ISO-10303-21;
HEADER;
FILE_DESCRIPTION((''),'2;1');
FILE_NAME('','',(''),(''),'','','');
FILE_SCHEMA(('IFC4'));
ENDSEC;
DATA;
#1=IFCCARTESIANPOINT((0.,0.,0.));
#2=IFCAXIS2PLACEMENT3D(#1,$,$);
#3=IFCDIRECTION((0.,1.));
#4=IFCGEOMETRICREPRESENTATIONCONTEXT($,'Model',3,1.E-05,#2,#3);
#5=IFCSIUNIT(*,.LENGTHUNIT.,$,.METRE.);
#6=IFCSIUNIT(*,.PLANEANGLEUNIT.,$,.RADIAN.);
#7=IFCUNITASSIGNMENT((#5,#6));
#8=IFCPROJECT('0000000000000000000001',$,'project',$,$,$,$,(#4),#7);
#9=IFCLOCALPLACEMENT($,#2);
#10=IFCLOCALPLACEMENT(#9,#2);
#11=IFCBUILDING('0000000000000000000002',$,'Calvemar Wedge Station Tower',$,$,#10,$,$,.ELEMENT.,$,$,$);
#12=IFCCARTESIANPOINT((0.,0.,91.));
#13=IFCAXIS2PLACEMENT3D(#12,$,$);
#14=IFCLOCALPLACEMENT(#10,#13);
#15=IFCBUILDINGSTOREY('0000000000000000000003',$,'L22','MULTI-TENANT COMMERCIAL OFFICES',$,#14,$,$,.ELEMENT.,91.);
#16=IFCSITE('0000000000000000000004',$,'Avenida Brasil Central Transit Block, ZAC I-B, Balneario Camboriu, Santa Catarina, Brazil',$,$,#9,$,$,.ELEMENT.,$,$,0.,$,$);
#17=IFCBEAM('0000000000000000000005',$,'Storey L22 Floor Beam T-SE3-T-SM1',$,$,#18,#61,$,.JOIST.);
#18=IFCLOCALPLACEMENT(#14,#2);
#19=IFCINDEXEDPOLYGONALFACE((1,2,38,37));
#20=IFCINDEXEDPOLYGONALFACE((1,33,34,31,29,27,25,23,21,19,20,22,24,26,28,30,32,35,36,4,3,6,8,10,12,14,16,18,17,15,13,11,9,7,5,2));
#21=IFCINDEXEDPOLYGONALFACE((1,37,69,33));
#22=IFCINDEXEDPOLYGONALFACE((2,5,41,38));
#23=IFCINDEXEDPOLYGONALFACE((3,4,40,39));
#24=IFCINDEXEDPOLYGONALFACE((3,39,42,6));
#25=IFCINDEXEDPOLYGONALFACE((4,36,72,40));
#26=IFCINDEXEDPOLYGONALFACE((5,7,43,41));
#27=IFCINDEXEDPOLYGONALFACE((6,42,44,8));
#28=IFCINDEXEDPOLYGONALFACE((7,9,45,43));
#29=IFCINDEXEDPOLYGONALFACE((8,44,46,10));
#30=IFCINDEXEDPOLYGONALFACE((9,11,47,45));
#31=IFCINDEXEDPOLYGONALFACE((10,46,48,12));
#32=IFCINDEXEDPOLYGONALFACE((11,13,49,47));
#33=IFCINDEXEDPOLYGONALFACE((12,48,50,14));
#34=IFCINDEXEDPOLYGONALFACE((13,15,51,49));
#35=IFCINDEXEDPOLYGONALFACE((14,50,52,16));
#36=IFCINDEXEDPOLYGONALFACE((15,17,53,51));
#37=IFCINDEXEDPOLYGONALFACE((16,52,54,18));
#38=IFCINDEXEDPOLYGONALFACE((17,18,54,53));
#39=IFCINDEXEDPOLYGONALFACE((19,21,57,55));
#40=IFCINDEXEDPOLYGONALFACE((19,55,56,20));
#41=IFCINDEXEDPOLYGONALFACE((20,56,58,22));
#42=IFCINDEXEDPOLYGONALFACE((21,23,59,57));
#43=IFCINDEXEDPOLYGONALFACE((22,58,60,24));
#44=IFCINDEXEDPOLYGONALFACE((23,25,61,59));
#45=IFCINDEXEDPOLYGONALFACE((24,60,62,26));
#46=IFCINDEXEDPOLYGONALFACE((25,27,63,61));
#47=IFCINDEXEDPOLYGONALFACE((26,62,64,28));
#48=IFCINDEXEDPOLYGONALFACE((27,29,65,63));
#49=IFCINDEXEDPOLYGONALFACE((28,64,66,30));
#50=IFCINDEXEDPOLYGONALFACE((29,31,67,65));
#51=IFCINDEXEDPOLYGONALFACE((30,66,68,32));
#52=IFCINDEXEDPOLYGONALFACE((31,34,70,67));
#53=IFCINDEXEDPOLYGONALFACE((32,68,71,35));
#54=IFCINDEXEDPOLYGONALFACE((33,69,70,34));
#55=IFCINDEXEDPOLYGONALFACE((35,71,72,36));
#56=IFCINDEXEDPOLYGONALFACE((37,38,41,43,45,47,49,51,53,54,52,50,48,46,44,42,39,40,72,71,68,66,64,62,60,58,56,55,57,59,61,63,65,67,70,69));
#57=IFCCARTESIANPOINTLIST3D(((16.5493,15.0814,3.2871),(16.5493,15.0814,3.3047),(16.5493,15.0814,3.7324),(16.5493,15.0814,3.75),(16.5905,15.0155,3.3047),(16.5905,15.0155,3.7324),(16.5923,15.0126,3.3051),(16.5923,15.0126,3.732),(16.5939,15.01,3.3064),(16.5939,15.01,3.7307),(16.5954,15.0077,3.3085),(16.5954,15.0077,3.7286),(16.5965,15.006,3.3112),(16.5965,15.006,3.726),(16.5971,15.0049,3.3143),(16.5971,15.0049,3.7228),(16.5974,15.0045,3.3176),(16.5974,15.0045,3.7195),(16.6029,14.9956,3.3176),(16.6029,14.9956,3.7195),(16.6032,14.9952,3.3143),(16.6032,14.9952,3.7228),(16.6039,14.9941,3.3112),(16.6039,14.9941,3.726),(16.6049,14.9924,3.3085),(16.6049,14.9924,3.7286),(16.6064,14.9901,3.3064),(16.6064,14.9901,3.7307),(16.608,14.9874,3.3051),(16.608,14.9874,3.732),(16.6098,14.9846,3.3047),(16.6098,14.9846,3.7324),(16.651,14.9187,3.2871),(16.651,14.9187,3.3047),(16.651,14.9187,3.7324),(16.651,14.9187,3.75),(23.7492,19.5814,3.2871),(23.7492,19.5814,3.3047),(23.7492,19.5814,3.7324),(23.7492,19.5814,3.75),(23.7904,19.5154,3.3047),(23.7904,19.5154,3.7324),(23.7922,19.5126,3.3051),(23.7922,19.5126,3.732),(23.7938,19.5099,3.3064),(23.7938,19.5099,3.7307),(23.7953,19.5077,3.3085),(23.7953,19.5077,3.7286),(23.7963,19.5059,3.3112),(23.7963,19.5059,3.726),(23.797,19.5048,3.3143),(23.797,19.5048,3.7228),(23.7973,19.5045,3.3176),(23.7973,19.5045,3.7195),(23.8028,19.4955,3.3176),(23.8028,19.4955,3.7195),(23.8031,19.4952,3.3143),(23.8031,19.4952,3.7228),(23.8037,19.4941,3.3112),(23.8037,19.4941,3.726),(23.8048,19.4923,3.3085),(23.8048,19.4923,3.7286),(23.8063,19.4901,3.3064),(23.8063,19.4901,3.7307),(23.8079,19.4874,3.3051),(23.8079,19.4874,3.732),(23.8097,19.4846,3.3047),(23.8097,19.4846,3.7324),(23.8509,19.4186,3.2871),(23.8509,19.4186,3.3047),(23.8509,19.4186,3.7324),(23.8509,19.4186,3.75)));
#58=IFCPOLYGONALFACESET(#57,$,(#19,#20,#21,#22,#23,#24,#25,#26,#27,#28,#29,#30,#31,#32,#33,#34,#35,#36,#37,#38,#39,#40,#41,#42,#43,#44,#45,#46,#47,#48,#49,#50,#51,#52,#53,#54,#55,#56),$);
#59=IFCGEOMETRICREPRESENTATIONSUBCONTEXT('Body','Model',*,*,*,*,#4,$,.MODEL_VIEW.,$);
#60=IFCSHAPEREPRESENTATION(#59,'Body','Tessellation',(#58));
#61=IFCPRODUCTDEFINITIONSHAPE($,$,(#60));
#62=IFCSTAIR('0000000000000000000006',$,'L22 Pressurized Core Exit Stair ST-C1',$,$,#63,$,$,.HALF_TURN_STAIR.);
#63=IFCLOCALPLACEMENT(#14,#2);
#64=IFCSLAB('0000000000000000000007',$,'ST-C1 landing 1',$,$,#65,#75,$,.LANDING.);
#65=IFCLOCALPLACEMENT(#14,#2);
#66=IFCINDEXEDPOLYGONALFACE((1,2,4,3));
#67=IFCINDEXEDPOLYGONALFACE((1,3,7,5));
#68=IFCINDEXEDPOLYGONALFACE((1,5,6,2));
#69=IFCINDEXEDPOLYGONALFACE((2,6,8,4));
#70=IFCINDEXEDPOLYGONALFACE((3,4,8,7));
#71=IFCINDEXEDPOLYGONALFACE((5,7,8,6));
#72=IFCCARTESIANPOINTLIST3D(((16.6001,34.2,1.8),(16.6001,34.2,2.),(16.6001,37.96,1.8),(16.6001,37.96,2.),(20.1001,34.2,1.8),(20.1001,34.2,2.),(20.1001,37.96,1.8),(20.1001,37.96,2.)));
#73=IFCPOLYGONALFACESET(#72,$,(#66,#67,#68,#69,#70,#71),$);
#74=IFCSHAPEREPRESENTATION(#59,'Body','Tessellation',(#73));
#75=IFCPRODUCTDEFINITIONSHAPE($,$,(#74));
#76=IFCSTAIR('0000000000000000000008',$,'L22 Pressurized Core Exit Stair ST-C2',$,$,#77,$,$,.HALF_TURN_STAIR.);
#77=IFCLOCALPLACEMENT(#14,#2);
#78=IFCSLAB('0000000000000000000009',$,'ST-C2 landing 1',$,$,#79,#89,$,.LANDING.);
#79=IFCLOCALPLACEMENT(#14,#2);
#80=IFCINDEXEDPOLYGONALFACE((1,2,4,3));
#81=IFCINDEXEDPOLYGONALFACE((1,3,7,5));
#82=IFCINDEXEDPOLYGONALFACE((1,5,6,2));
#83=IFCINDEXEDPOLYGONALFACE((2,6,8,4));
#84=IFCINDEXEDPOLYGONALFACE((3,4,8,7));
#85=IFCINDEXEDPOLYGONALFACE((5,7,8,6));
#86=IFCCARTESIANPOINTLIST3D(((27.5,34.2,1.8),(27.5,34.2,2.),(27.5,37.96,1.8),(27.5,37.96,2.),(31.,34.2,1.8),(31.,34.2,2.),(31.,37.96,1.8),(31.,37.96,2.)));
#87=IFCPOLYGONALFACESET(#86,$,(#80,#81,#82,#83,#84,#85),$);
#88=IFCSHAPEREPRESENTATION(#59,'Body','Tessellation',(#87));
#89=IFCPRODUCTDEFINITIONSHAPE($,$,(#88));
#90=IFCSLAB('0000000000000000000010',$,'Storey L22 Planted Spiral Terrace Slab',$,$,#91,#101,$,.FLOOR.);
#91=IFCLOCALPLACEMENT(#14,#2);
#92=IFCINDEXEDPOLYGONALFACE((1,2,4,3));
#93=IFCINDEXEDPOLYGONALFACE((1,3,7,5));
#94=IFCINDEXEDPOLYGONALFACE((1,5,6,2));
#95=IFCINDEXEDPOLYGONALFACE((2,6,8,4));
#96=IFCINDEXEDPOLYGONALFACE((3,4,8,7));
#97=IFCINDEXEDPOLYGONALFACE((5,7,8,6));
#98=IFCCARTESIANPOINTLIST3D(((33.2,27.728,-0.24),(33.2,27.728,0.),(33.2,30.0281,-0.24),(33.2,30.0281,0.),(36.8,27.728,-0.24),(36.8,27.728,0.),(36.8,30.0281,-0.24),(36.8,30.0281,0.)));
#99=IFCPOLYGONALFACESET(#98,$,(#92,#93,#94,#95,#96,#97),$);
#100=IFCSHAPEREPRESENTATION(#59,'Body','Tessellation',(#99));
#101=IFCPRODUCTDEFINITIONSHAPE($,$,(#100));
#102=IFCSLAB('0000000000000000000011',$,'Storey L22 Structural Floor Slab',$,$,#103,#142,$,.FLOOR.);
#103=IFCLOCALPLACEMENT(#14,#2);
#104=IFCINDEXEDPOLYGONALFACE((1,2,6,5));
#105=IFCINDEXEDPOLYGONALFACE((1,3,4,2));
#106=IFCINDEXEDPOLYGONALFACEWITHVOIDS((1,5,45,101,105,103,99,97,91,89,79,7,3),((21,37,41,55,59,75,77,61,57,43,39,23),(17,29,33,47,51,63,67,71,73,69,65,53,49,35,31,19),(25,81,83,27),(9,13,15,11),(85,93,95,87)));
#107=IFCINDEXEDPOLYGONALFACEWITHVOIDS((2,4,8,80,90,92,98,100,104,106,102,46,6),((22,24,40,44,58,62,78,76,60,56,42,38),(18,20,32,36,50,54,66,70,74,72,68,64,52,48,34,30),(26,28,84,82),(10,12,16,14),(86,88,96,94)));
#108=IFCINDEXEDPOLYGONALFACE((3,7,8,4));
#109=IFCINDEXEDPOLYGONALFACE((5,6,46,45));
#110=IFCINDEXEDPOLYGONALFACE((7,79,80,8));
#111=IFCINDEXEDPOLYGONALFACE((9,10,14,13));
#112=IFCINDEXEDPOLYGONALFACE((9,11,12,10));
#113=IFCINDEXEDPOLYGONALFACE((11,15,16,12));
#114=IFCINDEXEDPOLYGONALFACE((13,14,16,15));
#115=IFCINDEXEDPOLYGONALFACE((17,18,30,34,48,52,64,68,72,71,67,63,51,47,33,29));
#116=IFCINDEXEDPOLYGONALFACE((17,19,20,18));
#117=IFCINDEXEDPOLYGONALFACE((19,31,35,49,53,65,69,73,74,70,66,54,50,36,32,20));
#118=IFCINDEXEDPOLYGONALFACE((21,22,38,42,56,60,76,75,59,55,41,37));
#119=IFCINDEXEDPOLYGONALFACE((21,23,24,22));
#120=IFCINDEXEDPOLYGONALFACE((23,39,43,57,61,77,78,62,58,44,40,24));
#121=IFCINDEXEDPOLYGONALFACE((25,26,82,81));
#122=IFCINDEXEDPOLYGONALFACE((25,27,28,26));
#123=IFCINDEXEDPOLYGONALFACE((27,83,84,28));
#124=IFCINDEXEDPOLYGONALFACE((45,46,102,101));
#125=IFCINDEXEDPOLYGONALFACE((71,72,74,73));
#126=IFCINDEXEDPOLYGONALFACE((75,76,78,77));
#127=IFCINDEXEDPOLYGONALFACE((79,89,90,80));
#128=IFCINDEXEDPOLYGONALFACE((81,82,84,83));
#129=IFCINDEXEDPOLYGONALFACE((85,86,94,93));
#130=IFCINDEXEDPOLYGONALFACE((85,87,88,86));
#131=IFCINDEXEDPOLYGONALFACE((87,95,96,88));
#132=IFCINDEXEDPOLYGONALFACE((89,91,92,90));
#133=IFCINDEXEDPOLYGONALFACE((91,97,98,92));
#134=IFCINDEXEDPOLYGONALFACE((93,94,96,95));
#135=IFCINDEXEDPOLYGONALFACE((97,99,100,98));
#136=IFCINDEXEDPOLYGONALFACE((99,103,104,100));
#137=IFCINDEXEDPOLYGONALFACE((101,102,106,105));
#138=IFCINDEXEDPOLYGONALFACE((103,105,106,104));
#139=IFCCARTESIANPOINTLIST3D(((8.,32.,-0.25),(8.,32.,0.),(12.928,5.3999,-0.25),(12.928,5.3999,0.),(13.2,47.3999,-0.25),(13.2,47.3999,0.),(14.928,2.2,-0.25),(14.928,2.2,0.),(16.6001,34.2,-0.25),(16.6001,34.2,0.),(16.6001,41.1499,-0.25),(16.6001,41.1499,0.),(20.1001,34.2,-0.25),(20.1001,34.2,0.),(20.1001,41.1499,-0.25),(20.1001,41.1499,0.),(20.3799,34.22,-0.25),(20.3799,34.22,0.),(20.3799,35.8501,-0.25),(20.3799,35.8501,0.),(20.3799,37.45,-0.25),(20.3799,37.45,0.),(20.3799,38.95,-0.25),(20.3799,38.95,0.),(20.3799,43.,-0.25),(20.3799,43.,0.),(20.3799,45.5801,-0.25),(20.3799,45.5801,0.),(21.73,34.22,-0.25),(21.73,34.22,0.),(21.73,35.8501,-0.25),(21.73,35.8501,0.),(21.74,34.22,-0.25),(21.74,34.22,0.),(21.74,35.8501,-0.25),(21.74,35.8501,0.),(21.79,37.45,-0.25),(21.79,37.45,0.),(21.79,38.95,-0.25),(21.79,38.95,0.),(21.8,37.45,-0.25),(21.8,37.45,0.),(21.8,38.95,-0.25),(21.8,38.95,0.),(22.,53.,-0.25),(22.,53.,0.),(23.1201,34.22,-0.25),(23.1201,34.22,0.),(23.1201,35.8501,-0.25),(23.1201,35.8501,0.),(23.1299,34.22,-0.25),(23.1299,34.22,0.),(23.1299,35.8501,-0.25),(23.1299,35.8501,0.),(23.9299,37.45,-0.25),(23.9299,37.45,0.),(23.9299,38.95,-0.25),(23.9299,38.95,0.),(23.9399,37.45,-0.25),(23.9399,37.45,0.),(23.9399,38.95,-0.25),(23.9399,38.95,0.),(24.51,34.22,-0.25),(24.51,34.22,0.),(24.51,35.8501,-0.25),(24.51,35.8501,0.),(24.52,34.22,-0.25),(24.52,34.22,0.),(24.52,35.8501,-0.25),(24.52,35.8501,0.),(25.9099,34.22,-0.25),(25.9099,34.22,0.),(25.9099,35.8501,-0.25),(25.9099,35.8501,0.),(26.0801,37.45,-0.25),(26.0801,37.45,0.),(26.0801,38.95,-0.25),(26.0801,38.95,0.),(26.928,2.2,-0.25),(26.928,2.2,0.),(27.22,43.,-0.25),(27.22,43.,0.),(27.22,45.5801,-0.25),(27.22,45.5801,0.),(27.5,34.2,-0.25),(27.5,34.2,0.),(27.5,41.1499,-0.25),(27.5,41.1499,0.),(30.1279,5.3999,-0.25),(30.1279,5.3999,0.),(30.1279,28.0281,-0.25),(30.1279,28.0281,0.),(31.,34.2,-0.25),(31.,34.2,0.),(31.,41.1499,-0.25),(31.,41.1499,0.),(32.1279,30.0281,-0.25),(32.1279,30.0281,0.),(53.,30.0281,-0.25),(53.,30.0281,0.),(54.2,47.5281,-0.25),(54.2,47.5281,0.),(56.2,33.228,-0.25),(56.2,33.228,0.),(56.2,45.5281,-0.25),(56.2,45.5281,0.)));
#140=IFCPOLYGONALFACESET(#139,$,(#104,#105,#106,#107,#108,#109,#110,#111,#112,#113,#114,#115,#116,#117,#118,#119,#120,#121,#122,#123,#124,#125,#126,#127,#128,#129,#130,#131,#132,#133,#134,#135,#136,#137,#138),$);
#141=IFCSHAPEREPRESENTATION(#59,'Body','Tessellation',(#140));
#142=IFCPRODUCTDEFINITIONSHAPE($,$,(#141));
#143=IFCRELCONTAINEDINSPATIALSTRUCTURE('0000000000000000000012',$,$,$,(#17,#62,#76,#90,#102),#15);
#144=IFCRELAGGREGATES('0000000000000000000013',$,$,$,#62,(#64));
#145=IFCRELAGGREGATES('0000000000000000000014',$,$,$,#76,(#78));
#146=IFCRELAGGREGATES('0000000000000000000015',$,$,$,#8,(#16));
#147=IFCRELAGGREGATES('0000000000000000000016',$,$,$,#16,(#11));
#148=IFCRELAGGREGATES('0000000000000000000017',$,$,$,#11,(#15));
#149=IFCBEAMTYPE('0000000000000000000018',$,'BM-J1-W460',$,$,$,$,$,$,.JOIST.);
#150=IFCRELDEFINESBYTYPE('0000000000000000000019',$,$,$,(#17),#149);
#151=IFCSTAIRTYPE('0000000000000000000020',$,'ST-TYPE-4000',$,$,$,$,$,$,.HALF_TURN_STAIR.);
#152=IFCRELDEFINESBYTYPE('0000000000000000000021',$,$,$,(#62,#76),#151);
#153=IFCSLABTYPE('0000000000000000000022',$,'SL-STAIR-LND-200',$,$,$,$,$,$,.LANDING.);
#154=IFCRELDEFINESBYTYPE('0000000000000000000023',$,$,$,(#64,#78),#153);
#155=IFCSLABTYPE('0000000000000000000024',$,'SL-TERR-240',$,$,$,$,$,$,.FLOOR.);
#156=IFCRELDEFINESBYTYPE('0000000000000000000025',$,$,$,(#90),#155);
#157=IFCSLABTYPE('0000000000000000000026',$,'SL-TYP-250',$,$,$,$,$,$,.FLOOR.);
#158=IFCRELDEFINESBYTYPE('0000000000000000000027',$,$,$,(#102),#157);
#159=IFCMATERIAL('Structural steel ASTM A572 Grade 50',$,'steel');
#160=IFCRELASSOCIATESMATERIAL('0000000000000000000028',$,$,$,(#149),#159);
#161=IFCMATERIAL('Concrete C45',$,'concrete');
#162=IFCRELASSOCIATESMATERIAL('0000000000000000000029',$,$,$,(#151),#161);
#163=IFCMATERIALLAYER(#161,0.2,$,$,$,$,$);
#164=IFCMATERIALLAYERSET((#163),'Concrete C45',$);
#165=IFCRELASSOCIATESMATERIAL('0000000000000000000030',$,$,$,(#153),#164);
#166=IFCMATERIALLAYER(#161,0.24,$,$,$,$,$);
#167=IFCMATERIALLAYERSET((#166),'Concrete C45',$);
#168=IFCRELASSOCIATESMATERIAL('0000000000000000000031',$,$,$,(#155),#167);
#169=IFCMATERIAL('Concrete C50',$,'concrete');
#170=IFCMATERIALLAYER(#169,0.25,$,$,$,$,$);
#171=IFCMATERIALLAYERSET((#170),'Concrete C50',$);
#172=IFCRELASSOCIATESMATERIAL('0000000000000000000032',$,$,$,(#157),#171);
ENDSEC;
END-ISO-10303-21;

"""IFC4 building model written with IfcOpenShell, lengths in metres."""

from ifc_helpers import new_model, si_unit, direction, frame, origin, origin_2d, place, context, subcontext, project, spatial, polyline, i_section, outline, extrude, source, transform, mapped, material, layer, layer_set, material_profile, profile_set, type_object, element, aggregate, save


model = new_model("IFC4")

# Units and contexts
model_context = context("Model", 3, precision=1e-05, world=origin(), true_north=direction((0.0, 1.0)))
body_context = subcontext(model_context, "Body", "Model", "MODEL_VIEW")
ifc_project = project(units=[si_unit("LENGTHUNIT", "METRE"), si_unit("PLANEANGLEUNIT", "RADIAN")], contexts=[model_context])

# Site, building, storey
site_placement = place(None, origin())
site = spatial("IfcSite", under=ifc_project, at=site_placement, Name="Avenida Brasil Central Transit Block, ZAC I-B, Balneario Camboriu, Santa Catarina, Brazil", CompositionType="ELEMENT", RefElevation=0.0)
building_placement = place(site_placement, origin())
building = spatial("IfcBuilding", under=site, at=building_placement, Name="Calvemar Wedge Station Tower", CompositionType="ELEMENT")
storey_placement = place(building_placement, frame((0.0, 0.0, 91.0)))
storey = spatial("IfcBuildingStorey", under=building, at=storey_placement, Name="L22", Description="MULTI-TENANT COMMERCIAL OFFICES", CompositionType="ELEMENT", Elevation=91.0)

# Beam
ifc_material_1 = material(Name="Structural steel ASTM A572 Grade 50", Category="steel")
ifc_material_profile_1 = material_profile(ifc_material_1, i_section(OverallWidth=0.1919, OverallDepth=0.4629, WebThickness=0.0105, FlangeThickness=0.0176, FilletRadius=0.0129, at=origin_2d()), Name="W460x89")
ifc_profile_set_1 = profile_set([ifc_material_profile_1], Name="Structural steel ASTM A572 Grade 50")
beam_type_1 = type_object("IfcBeamType", Name="BM-J1-W460", PredefinedType="JOIST", material=ifc_profile_set_1)
shared_shape_1 = source(origin(), body_context, "Body", "SweptSolid", [
    extrude(i_section(OverallWidth=0.1919, OverallDepth=0.4629, WebThickness=0.0105, FlangeThickness=0.0176, FilletRadius=0.0129, at=origin_2d()), origin(), (0.0, 0.0, 1.0), 8.4905),
])
beam_1_placement = place(storey_placement, frame((23.8, 19.5, 3.5186), z_axis=(-0.847997, -0.530002, 0.0), x_axis=(0.530002, -0.847997, 0.0)))
element("IfcBeam", 1, at=beam_1_placement, inside=storey, type_object=beam_type_1, Name="Storey L22 Floor Beam T-SE3-T-SM1", PredefinedType="JOIST", context=body_context, shape_type="MappedRepresentation", body=[
    mapped(shared_shape_1, transform((0.0, 0.0, 0.0), scale=1.0)),
])

# Stairs, slabs
ifc_material_2 = material(Name="Concrete C45", Category="concrete")
stair_type = type_object("IfcStairType", Name="ST-TYPE-4000", PredefinedType="HALF_TURN_STAIR", material=ifc_material_2)
stair_1_placement = place(storey_placement, origin())
stair_1 = element("IfcStair", 2, at=stair_1_placement, inside=storey, type_object=stair_type, Name="L22 Pressurized Core Exit Stair ST-C1", PredefinedType="HALF_TURN_STAIR")
ifc_layer_1 = layer(ifc_material_2, 0.2)
ifc_layer_set_1 = layer_set([ifc_layer_1], Name="Concrete C45")
slab_type_1 = type_object("IfcSlabType", Name="SL-STAIR-LND-200", PredefinedType="LANDING", material=ifc_layer_set_1)
slab_1_placement = place(storey_placement, frame((0.0, 0.0, 1.8)))
slab_1 = element("IfcSlab", 3, at=slab_1_placement, type_object=slab_type_1, Name="ST-C1 landing 1", PredefinedType="LANDING", context=body_context, shape_type="SweptSolid", body=[
    extrude(outline(polyline([(16.6001, 37.96), (16.6001, 34.2), (20.1001, 34.2), (20.1001, 37.96), (16.6001, 37.96)])), origin(), (0.0, 0.0, 1.0), 0.2),
])
aggregate(stair_1, [slab_1])
stair_2_placement = place(storey_placement, origin())
stair_2 = element("IfcStair", 4, at=stair_2_placement, inside=storey, type_object=stair_type, Name="L22 Pressurized Core Exit Stair ST-C2", PredefinedType="HALF_TURN_STAIR")
slab_2_placement = place(storey_placement, frame((0.0, 0.0, 1.8)))
slab_2 = element("IfcSlab", 5, at=slab_2_placement, type_object=slab_type_1, Name="ST-C2 landing 1", PredefinedType="LANDING", context=body_context, shape_type="SweptSolid", body=[
    extrude(outline(polyline([(27.5, 37.96), (27.5, 34.2), (31.0, 34.2), (31.0, 37.96), (27.5, 37.96)])), origin(), (0.0, 0.0, 1.0), 0.2),
])
aggregate(stair_2, [slab_2])

# Slabs
ifc_layer_2 = layer(ifc_material_2, 0.24)
ifc_layer_set_2 = layer_set([ifc_layer_2], Name="Concrete C45")
slab_type_2 = type_object("IfcSlabType", Name="SL-TERR-240", PredefinedType="FLOOR", material=ifc_layer_set_2)
slab_3_placement = place(storey_placement, frame((0.0, 0.0, -0.24)))
element("IfcSlab", 6, at=slab_3_placement, inside=storey, type_object=slab_type_2, Name="Storey L22 Planted Spiral Terrace Slab", PredefinedType="FLOOR", context=body_context, shape_type="SweptSolid", body=[
    extrude(outline(polyline([(33.2, 30.0281), (33.2, 27.728), (36.8, 27.728), (36.8, 30.0281), (33.2, 30.0281)])), origin(), (0.0, 0.0, 1.0), 0.24),
])
ifc_material_3 = material(Name="Concrete C50", Category="concrete")
ifc_layer_3 = layer(ifc_material_3, 0.25)
ifc_layer_set_3 = layer_set([ifc_layer_3], Name="Concrete C50")
slab_type_3 = type_object("IfcSlabType", Name="SL-TYP-250", PredefinedType="FLOOR", material=ifc_layer_set_3)
slab_4_placement = place(storey_placement, frame((0.0, 0.0, -0.25)))
element("IfcSlab", 7, at=slab_4_placement, inside=storey, type_object=slab_type_3, Name="Storey L22 Structural Floor Slab", PredefinedType="FLOOR", context=body_context, shape_type="SweptSolid", body=[
    extrude(outline(polyline([(8.0, 32.0), (12.928, 5.3999), (14.928, 2.2), (26.928, 2.2), (30.1279, 5.3999), (30.1279, 28.0281), (32.1279, 30.0281), (53.0, 30.0281), (56.2, 33.228), (56.2, 45.5281), (54.2, 47.5281), (22.0, 53.0), (13.2, 47.3999), (8.0, 32.0)]), holes=[polyline([(21.74, 35.8501), (21.73, 35.8501), (20.3799, 35.8501), (20.3799, 34.22), (21.73, 34.22), (21.74, 34.22), (23.1201, 34.22), (23.1299, 34.22), (24.51, 34.22), (24.52, 34.22), (25.9099, 34.22), (25.9099, 35.8501), (24.52, 35.8501), (24.51, 35.8501), (23.1299, 35.8501), (23.1201, 35.8501), (21.74, 35.8501)]), polyline([(16.6001, 41.1499), (16.6001, 34.2), (20.1001, 34.2), (20.1001, 41.1499), (16.6001, 41.1499)]), polyline([(27.5, 34.2), (31.0, 34.2), (31.0, 41.1499), (27.5, 41.1499), (27.5, 34.2)]), polyline([(21.79, 37.45), (21.8, 37.45), (23.9299, 37.45), (23.9399, 37.45), (26.0801, 37.45), (26.0801, 38.95), (23.9399, 38.95), (23.9299, 38.95), (21.8, 38.95), (21.79, 38.95), (20.3799, 38.95), (20.3799, 37.45), (21.79, 37.45)]), polyline([(20.3799, 43.0), (27.22, 43.0), (27.22, 45.5801), (20.3799, 45.5801), (20.3799, 43.0)])]), origin(), (0.0, 0.0, 1.0), 0.25),
])

save(model, "model.ifc")
